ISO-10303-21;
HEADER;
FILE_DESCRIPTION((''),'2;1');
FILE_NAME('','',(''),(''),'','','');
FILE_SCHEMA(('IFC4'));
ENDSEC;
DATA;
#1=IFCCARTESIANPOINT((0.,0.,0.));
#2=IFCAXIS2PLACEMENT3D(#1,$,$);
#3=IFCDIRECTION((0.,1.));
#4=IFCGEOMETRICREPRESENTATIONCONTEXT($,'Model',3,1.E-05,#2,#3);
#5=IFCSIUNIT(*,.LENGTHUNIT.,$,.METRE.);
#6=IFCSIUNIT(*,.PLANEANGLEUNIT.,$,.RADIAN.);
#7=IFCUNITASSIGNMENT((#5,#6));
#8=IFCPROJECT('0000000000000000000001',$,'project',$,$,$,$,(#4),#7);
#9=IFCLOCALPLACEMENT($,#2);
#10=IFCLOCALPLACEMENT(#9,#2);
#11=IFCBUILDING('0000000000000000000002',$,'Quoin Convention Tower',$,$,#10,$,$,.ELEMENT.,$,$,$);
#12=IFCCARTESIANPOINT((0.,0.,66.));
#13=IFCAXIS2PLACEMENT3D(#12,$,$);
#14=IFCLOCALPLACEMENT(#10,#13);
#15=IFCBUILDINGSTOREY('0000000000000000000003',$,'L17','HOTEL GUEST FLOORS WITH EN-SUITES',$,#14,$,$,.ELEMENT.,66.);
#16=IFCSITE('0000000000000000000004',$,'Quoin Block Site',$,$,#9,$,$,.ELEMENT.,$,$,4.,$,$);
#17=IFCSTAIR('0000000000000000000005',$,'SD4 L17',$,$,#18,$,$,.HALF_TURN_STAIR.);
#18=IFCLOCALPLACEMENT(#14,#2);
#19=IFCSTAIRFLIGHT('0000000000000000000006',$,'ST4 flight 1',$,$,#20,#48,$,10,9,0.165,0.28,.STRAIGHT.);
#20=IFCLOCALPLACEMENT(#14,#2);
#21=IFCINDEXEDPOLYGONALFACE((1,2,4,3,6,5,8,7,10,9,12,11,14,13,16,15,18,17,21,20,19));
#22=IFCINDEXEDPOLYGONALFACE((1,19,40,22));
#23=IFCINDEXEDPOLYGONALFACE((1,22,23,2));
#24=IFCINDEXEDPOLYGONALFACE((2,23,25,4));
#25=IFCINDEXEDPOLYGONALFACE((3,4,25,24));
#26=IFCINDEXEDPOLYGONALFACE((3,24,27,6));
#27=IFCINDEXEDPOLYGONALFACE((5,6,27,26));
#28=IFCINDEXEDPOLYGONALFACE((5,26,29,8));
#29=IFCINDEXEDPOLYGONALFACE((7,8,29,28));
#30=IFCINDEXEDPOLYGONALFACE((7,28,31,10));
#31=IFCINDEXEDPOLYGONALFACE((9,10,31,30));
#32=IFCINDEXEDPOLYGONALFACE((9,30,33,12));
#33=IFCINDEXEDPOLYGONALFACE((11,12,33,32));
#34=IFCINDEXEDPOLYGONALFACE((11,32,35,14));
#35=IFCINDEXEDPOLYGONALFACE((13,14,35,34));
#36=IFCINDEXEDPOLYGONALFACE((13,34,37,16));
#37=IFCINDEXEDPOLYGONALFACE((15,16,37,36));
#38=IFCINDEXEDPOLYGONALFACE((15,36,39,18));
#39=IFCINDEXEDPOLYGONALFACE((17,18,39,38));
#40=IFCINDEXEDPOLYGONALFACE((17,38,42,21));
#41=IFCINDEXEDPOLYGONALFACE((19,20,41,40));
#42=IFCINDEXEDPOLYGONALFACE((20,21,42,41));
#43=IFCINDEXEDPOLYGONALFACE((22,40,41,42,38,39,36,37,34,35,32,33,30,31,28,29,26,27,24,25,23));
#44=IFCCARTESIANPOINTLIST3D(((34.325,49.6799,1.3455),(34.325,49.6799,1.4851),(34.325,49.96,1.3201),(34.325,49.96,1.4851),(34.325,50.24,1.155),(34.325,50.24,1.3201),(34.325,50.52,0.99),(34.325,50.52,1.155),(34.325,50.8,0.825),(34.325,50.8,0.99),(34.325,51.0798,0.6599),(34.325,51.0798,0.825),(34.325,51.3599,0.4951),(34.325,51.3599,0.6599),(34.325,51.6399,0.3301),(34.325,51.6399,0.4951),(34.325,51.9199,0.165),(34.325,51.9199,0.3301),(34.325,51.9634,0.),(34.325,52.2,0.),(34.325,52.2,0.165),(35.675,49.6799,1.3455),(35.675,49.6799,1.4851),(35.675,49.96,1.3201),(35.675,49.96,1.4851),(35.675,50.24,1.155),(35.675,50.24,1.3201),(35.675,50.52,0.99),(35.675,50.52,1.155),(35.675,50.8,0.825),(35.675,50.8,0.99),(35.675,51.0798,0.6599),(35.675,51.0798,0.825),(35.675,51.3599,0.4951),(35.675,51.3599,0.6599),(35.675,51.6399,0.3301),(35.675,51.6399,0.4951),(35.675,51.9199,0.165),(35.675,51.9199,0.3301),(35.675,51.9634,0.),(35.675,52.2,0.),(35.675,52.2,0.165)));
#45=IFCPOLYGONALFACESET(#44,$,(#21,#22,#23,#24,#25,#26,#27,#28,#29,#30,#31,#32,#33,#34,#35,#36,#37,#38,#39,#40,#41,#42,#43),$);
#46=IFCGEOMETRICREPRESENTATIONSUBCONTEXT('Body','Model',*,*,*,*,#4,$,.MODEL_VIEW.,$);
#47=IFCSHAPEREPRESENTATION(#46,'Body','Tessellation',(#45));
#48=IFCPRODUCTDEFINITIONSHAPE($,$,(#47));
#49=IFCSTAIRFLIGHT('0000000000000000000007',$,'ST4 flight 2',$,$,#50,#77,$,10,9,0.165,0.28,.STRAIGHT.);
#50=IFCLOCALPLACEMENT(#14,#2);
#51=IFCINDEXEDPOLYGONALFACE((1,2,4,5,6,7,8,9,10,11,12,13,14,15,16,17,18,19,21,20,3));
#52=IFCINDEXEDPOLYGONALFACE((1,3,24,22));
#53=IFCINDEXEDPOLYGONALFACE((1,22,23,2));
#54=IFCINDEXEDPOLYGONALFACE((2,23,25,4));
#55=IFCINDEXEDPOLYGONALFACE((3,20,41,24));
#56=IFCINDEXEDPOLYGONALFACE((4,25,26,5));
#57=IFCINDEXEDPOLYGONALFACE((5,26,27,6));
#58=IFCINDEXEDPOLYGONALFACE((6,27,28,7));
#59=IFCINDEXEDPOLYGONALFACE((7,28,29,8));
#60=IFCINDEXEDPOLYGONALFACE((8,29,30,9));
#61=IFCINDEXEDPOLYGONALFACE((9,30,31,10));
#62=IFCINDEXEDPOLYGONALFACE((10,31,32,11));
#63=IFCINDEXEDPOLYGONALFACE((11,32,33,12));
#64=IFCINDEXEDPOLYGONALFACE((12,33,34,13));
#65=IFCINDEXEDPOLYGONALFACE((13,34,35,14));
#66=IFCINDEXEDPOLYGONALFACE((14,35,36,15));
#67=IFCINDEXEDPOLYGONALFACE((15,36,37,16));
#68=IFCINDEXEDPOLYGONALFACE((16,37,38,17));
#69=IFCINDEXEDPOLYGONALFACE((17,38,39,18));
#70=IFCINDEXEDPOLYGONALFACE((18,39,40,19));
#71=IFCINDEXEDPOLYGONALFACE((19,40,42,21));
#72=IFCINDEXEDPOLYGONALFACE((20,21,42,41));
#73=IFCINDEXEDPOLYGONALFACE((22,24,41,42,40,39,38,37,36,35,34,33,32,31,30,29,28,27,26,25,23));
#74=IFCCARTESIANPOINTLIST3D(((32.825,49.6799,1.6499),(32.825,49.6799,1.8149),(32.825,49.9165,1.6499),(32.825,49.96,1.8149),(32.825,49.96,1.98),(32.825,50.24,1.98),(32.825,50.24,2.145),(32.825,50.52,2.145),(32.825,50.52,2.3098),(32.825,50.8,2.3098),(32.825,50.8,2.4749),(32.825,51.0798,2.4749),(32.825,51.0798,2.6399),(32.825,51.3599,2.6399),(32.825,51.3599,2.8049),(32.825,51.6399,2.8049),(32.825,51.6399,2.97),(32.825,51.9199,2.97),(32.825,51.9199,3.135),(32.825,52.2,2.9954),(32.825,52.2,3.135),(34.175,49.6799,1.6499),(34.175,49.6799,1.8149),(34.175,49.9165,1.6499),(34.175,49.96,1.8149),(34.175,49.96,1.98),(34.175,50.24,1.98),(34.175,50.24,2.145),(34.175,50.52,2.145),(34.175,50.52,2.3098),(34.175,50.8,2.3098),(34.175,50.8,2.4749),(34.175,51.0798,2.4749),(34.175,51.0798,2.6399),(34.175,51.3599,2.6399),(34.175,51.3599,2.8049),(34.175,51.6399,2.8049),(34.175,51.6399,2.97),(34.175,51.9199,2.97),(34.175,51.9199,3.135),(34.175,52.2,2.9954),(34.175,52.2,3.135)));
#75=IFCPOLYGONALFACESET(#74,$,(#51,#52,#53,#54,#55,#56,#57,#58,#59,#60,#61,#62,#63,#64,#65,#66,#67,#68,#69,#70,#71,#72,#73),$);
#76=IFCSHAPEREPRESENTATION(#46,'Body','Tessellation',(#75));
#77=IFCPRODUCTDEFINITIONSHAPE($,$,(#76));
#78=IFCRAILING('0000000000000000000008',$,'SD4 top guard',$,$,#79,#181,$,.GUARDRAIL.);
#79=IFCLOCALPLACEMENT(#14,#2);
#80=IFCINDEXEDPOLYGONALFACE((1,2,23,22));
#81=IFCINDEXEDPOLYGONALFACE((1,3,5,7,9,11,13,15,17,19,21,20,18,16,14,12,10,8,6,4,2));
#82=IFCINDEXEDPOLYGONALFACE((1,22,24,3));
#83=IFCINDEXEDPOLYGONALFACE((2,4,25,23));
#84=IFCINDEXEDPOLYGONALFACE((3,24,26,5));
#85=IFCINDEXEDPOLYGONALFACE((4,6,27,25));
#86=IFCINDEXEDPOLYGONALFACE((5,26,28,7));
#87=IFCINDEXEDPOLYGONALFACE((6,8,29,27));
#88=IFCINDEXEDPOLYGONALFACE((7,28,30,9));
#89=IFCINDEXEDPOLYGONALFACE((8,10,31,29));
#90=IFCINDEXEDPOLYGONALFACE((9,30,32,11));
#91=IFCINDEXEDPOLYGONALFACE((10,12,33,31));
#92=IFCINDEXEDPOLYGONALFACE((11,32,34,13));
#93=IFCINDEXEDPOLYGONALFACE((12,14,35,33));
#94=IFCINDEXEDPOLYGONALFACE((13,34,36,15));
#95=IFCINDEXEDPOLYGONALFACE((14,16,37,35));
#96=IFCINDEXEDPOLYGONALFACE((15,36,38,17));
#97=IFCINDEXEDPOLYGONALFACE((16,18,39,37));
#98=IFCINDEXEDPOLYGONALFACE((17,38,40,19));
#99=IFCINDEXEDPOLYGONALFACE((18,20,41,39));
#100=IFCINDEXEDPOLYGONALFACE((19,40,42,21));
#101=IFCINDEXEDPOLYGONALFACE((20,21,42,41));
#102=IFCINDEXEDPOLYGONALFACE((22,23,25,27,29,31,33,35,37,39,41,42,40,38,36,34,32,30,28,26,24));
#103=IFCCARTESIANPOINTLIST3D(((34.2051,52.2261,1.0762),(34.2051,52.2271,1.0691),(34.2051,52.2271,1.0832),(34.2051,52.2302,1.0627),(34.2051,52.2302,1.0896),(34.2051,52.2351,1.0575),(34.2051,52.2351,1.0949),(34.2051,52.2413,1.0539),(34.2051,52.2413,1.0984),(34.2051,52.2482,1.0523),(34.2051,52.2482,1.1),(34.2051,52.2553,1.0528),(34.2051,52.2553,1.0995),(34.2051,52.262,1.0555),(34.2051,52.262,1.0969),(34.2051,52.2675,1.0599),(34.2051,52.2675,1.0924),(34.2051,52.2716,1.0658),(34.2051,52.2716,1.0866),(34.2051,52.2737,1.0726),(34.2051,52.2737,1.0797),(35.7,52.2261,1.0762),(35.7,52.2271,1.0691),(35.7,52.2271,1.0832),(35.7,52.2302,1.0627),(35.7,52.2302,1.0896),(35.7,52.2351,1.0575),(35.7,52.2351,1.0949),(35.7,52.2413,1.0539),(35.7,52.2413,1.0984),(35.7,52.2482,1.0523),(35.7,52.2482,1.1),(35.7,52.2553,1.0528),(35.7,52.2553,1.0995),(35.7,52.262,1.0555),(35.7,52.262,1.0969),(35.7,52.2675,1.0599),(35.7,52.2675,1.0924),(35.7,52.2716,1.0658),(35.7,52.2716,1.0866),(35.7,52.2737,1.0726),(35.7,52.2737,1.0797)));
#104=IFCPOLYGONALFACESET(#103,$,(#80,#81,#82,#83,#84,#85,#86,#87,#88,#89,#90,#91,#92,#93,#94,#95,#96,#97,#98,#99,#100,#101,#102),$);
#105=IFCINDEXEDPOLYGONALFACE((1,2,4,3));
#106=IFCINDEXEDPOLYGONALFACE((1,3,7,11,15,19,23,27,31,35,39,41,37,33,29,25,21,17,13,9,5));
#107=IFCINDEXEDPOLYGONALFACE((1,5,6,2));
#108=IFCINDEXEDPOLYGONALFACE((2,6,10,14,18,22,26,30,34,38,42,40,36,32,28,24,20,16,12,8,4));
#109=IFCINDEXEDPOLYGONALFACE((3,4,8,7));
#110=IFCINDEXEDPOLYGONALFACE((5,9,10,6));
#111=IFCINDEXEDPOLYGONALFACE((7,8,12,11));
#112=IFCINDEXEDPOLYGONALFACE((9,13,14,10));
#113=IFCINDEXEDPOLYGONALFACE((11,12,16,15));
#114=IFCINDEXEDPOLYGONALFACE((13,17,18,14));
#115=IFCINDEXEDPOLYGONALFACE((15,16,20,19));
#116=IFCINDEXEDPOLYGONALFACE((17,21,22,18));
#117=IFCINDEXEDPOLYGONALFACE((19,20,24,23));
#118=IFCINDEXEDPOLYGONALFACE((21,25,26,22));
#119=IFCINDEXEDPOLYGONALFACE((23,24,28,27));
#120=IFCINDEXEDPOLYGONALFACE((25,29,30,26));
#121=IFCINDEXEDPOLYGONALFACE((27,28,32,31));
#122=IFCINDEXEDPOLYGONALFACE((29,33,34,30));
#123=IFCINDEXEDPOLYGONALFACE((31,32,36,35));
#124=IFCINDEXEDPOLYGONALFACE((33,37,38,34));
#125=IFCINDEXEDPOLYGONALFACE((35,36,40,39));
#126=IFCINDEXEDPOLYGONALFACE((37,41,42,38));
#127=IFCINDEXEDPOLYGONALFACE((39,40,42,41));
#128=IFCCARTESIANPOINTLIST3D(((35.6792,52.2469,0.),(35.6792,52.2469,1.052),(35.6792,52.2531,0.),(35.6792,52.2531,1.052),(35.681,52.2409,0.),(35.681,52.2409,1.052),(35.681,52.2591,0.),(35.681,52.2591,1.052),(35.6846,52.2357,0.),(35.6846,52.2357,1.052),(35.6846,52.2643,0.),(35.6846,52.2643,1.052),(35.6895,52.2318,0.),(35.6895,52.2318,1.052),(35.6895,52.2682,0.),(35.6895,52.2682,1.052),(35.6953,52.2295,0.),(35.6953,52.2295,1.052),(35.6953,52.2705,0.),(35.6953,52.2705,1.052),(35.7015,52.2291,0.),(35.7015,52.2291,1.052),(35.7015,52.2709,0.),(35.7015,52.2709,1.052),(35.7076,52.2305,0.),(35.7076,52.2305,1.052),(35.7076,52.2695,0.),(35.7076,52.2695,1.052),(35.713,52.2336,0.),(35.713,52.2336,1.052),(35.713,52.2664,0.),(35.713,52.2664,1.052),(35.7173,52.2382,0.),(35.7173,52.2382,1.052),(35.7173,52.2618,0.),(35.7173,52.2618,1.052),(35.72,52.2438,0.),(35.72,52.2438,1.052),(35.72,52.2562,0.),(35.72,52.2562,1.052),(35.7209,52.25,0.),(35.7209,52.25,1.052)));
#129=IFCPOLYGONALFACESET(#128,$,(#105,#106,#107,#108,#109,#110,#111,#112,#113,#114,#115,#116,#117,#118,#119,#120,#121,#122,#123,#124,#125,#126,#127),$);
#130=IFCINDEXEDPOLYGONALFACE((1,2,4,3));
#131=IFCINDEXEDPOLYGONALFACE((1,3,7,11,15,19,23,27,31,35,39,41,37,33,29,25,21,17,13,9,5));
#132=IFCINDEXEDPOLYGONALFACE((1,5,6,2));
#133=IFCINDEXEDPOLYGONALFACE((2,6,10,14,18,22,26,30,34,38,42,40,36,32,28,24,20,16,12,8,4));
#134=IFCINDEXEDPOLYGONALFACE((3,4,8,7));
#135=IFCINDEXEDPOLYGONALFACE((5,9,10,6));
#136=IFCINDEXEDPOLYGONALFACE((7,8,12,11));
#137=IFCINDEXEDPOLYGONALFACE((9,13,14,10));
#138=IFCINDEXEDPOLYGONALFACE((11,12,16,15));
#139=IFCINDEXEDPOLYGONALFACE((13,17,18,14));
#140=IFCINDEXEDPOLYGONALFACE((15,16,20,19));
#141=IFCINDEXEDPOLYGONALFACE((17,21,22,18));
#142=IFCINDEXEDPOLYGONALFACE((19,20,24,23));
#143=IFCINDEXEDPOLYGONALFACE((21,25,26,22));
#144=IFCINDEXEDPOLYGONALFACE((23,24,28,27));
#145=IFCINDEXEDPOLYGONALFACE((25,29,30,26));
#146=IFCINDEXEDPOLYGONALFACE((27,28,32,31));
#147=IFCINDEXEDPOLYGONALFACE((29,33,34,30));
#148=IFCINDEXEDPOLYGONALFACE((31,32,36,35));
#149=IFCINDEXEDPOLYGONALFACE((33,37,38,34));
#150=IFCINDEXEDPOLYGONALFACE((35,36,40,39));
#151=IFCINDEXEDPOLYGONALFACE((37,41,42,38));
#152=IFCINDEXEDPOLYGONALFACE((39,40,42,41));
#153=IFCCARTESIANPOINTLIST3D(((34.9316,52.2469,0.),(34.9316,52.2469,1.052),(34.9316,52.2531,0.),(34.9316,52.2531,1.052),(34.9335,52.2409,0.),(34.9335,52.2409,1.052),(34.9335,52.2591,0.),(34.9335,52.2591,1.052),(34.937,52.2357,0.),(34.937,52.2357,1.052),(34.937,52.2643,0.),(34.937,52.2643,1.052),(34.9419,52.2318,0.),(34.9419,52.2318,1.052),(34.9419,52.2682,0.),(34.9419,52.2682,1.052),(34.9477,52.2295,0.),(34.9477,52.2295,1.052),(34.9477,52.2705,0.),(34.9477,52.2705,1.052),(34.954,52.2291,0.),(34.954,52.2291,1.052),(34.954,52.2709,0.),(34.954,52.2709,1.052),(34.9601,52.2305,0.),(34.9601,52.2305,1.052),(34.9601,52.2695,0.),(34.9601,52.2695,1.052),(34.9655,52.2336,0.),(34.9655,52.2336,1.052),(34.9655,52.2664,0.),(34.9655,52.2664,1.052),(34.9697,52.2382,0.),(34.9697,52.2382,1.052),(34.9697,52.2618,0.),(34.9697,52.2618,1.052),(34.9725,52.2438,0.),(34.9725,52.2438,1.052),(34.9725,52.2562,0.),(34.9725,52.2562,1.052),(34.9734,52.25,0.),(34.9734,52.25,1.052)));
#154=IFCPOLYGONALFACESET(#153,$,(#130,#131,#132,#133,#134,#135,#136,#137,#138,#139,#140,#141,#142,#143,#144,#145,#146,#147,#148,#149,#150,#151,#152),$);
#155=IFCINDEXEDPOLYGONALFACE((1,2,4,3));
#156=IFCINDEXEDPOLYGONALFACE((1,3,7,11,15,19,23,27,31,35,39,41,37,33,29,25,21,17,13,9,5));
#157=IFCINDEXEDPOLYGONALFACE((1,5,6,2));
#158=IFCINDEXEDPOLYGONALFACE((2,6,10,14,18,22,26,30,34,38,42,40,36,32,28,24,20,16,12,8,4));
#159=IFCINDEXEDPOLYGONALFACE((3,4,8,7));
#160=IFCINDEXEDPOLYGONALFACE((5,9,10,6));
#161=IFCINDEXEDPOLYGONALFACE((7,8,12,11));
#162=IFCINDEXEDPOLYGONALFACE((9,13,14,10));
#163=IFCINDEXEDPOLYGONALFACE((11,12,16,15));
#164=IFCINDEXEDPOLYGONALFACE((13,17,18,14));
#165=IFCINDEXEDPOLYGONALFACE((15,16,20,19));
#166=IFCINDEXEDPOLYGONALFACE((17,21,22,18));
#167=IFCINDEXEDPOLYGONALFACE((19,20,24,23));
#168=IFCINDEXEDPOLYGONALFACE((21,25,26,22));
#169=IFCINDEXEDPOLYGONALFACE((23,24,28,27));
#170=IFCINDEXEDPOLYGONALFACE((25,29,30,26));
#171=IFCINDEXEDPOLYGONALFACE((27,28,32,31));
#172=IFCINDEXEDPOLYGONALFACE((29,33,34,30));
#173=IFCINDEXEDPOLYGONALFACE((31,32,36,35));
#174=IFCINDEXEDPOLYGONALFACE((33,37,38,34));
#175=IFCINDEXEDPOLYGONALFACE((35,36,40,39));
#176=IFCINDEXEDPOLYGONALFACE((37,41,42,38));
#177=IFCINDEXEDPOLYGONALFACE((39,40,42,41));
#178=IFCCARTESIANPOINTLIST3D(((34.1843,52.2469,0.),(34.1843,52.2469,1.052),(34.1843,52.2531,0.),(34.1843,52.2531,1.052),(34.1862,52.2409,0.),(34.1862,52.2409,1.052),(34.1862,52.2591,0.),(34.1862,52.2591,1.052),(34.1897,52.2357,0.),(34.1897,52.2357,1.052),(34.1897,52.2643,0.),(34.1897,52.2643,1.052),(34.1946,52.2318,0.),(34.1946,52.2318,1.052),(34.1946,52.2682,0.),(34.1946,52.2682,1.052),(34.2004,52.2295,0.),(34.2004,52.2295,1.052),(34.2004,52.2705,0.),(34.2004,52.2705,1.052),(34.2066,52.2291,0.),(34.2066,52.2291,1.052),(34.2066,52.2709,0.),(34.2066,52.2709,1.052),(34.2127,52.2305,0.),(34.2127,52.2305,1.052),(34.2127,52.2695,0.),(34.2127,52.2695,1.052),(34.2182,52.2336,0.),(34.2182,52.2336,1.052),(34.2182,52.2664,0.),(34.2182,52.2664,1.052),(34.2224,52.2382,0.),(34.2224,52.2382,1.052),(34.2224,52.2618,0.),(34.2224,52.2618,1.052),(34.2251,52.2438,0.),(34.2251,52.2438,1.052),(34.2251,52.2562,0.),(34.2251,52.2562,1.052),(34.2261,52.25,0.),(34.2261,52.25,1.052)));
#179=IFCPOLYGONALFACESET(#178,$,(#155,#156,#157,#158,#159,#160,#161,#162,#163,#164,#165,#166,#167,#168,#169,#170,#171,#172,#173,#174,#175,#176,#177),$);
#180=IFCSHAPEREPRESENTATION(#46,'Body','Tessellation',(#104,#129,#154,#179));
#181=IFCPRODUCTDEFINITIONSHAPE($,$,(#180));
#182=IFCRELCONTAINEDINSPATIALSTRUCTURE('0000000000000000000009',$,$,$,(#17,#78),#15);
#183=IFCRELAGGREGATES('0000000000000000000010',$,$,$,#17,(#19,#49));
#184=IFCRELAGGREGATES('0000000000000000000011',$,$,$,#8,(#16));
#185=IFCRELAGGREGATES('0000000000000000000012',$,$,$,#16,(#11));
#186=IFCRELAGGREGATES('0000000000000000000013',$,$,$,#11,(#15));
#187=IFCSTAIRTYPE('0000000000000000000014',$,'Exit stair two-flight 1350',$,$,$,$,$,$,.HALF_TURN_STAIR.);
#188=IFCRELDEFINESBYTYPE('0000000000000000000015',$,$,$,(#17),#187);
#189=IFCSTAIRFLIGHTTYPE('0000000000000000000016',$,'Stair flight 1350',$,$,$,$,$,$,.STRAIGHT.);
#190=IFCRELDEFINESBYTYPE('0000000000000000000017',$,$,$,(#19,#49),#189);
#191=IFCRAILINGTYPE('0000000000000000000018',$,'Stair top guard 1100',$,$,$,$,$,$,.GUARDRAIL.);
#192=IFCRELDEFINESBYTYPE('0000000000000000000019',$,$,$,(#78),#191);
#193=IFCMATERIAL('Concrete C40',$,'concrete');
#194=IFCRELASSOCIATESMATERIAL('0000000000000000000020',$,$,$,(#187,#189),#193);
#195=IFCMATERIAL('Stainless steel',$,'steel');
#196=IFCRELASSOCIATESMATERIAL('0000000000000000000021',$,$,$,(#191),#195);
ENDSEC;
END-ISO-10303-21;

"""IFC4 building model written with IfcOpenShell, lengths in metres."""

from ifc_helpers import new_model, si_unit, direction, frame, origin, origin_2d, place, context, subcontext, project, spatial, polyline, circle, outline, extrude, material, type_object, element, aggregate, save


model = new_model("IFC4")

# Units and contexts
model_context = context("Model", 3, precision=1e-05, world=origin(), true_north=direction((0.0, 1.0)))
body_context = subcontext(model_context, "Body", "Model", "MODEL_VIEW")
ifc_project = project(units=[si_unit("LENGTHUNIT", "METRE"), si_unit("PLANEANGLEUNIT", "RADIAN")], contexts=[model_context])

# Site, building, storey
site_placement = place(None, origin())
site = spatial("IfcSite", under=ifc_project, at=site_placement, Name="Quoin Block Site", CompositionType="ELEMENT", RefElevation=4.0)
building_placement = place(site_placement, origin())
building = spatial("IfcBuilding", under=site, at=building_placement, Name="Quoin Convention Tower", CompositionType="ELEMENT")
storey_placement = place(building_placement, frame((0.0, 0.0, 66.0)))
storey = spatial("IfcBuildingStorey", under=building, at=storey_placement, Name="L17", Description="HOTEL GUEST FLOORS WITH EN-SUITES", CompositionType="ELEMENT", Elevation=66.0)

# Shared definitions
ifc_material_1 = material(Name="Concrete C40", Category="concrete")
stair_type = type_object("IfcStairType", Name="Exit stair two-flight 1350", PredefinedType="HALF_TURN_STAIR", material=ifc_material_1)
stair_flight_type = type_object("IfcStairFlightType", Name="Stair flight 1350", PredefinedType="STRAIGHT", material=ifc_material_1)

# Stair, stair flights
stair_1_placement = place(storey_placement, origin())
stair_1 = element("IfcStair", 1, at=stair_1_placement, inside=storey, type_object=stair_type, Name="SD4 L17", PredefinedType="HALF_TURN_STAIR")
stair_flight_1_placement = place(storey_placement, frame((35.0, 52.2, 0.0), z_axis=(0.0, 0.0, 1.0), x_axis=(0.0, -1.0, 0.0)))
stair_flight_1 = element("IfcStairFlight", 2, at=stair_flight_1_placement, type_object=stair_flight_type, Name="ST4 flight 1", NumberOfRisers=10, NumberOfTreads=9, PredefinedType="STRAIGHT", RiserHeight=0.165, TreadLength=0.28, context=body_context, shape_type="SweptSolid", body=[
    extrude(outline(polyline([(0.0, 0.0), (0.0, 0.165), (0.28, 0.165), (0.28, 0.3301), (0.5601, 0.3301), (0.5601, 0.4951), (0.8401, 0.4951), (0.8401, 0.6599), (1.1201, 0.6599), (1.1201, 0.825), (1.3999, 0.825), (1.3999, 0.99), (1.6799, 0.99), (1.6799, 1.155), (1.96, 1.155), (1.96, 1.3201), (2.24, 1.3201), (2.24, 1.4851), (2.52, 1.4851), (2.52, 1.6499), (2.52, 1.3455), (0.2366, 0.0), (0.0, 0.0)])), frame((0.0, 0.675, 0.0), z_axis=(0.0, -1.0, 0.0), x_axis=(1.0, 0.0, 0.0)), (0.0, 0.0, 1.0), 1.3501),
])
stair_flight_2_placement = place(storey_placement, frame((33.5, 49.6799, 1.6499), z_axis=(0.0, 0.0, 1.0), x_axis=(0.0, 1.0, 0.0)))
stair_flight_2 = element("IfcStairFlight", 3, at=stair_flight_2_placement, type_object=stair_flight_type, Name="ST4 flight 2", NumberOfRisers=10, NumberOfTreads=9, PredefinedType="STRAIGHT", RiserHeight=0.165, TreadLength=0.28, context=body_context, shape_type="SweptSolid", body=[
    extrude(outline(polyline([(0.0, 0.0), (0.0, 0.165), (0.28, 0.165), (0.28, 0.3301), (0.5601, 0.3301), (0.5601, 0.4951), (0.8401, 0.4951), (0.8401, 0.6599), (1.1201, 0.6599), (1.1201, 0.825), (1.3999, 0.825), (1.3999, 0.99), (1.6799, 0.99), (1.6799, 1.155), (1.96, 1.155), (1.96, 1.3201), (2.24, 1.3201), (2.24, 1.4851), (2.52, 1.4851), (2.52, 1.6499), (2.52, 1.3455), (0.2366, 0.0), (0.0, 0.0)])), frame((0.0, 0.675, 0.0), z_axis=(0.0, -1.0, 0.0), x_axis=(1.0, 0.0, 0.0)), (0.0, 0.0, 1.0), 1.3501),
])
aggregate(stair_1, [stair_flight_1, stair_flight_2])

# Railing
ifc_material_2 = material(Name="Stainless steel", Category="steel")
railing_type_1 = type_object("IfcRailingType", Name="Stair top guard 1100", PredefinedType="GUARDRAIL", material=ifc_material_2)
railing_1_placement = place(storey_placement, frame((35.7, 52.25, 0.0)))
element("IfcRailing", 4, at=railing_1_placement, inside=storey, type_object=railing_type_1, Name="SD4 top guard", PredefinedType="GUARDRAIL", context=body_context, shape_type="SweptSolid", body=[
    extrude(circle(Radius=0.0239, at=origin_2d()), frame((0.0, 0.0, 1.0762), z_axis=(-1.0, 0.0, 0.0), x_axis=(0.0, -1.0, 0.0)), (0.0, 0.0, 1.0), 1.4949),
    extrude(circle(Radius=0.021, at=origin_2d()), origin(), (0.0, 0.0, 1.0), 1.052),
    extrude(circle(Radius=0.021, at=origin_2d()), frame((-0.7476, 0.0, 0.0)), (0.0, 0.0, 1.0), 1.052),
    extrude(circle(Radius=0.021, at=origin_2d()), frame((-1.4949, 0.0, 0.0)), (0.0, 0.0, 1.0), 1.052),
])

save(model, "model.ifc")
